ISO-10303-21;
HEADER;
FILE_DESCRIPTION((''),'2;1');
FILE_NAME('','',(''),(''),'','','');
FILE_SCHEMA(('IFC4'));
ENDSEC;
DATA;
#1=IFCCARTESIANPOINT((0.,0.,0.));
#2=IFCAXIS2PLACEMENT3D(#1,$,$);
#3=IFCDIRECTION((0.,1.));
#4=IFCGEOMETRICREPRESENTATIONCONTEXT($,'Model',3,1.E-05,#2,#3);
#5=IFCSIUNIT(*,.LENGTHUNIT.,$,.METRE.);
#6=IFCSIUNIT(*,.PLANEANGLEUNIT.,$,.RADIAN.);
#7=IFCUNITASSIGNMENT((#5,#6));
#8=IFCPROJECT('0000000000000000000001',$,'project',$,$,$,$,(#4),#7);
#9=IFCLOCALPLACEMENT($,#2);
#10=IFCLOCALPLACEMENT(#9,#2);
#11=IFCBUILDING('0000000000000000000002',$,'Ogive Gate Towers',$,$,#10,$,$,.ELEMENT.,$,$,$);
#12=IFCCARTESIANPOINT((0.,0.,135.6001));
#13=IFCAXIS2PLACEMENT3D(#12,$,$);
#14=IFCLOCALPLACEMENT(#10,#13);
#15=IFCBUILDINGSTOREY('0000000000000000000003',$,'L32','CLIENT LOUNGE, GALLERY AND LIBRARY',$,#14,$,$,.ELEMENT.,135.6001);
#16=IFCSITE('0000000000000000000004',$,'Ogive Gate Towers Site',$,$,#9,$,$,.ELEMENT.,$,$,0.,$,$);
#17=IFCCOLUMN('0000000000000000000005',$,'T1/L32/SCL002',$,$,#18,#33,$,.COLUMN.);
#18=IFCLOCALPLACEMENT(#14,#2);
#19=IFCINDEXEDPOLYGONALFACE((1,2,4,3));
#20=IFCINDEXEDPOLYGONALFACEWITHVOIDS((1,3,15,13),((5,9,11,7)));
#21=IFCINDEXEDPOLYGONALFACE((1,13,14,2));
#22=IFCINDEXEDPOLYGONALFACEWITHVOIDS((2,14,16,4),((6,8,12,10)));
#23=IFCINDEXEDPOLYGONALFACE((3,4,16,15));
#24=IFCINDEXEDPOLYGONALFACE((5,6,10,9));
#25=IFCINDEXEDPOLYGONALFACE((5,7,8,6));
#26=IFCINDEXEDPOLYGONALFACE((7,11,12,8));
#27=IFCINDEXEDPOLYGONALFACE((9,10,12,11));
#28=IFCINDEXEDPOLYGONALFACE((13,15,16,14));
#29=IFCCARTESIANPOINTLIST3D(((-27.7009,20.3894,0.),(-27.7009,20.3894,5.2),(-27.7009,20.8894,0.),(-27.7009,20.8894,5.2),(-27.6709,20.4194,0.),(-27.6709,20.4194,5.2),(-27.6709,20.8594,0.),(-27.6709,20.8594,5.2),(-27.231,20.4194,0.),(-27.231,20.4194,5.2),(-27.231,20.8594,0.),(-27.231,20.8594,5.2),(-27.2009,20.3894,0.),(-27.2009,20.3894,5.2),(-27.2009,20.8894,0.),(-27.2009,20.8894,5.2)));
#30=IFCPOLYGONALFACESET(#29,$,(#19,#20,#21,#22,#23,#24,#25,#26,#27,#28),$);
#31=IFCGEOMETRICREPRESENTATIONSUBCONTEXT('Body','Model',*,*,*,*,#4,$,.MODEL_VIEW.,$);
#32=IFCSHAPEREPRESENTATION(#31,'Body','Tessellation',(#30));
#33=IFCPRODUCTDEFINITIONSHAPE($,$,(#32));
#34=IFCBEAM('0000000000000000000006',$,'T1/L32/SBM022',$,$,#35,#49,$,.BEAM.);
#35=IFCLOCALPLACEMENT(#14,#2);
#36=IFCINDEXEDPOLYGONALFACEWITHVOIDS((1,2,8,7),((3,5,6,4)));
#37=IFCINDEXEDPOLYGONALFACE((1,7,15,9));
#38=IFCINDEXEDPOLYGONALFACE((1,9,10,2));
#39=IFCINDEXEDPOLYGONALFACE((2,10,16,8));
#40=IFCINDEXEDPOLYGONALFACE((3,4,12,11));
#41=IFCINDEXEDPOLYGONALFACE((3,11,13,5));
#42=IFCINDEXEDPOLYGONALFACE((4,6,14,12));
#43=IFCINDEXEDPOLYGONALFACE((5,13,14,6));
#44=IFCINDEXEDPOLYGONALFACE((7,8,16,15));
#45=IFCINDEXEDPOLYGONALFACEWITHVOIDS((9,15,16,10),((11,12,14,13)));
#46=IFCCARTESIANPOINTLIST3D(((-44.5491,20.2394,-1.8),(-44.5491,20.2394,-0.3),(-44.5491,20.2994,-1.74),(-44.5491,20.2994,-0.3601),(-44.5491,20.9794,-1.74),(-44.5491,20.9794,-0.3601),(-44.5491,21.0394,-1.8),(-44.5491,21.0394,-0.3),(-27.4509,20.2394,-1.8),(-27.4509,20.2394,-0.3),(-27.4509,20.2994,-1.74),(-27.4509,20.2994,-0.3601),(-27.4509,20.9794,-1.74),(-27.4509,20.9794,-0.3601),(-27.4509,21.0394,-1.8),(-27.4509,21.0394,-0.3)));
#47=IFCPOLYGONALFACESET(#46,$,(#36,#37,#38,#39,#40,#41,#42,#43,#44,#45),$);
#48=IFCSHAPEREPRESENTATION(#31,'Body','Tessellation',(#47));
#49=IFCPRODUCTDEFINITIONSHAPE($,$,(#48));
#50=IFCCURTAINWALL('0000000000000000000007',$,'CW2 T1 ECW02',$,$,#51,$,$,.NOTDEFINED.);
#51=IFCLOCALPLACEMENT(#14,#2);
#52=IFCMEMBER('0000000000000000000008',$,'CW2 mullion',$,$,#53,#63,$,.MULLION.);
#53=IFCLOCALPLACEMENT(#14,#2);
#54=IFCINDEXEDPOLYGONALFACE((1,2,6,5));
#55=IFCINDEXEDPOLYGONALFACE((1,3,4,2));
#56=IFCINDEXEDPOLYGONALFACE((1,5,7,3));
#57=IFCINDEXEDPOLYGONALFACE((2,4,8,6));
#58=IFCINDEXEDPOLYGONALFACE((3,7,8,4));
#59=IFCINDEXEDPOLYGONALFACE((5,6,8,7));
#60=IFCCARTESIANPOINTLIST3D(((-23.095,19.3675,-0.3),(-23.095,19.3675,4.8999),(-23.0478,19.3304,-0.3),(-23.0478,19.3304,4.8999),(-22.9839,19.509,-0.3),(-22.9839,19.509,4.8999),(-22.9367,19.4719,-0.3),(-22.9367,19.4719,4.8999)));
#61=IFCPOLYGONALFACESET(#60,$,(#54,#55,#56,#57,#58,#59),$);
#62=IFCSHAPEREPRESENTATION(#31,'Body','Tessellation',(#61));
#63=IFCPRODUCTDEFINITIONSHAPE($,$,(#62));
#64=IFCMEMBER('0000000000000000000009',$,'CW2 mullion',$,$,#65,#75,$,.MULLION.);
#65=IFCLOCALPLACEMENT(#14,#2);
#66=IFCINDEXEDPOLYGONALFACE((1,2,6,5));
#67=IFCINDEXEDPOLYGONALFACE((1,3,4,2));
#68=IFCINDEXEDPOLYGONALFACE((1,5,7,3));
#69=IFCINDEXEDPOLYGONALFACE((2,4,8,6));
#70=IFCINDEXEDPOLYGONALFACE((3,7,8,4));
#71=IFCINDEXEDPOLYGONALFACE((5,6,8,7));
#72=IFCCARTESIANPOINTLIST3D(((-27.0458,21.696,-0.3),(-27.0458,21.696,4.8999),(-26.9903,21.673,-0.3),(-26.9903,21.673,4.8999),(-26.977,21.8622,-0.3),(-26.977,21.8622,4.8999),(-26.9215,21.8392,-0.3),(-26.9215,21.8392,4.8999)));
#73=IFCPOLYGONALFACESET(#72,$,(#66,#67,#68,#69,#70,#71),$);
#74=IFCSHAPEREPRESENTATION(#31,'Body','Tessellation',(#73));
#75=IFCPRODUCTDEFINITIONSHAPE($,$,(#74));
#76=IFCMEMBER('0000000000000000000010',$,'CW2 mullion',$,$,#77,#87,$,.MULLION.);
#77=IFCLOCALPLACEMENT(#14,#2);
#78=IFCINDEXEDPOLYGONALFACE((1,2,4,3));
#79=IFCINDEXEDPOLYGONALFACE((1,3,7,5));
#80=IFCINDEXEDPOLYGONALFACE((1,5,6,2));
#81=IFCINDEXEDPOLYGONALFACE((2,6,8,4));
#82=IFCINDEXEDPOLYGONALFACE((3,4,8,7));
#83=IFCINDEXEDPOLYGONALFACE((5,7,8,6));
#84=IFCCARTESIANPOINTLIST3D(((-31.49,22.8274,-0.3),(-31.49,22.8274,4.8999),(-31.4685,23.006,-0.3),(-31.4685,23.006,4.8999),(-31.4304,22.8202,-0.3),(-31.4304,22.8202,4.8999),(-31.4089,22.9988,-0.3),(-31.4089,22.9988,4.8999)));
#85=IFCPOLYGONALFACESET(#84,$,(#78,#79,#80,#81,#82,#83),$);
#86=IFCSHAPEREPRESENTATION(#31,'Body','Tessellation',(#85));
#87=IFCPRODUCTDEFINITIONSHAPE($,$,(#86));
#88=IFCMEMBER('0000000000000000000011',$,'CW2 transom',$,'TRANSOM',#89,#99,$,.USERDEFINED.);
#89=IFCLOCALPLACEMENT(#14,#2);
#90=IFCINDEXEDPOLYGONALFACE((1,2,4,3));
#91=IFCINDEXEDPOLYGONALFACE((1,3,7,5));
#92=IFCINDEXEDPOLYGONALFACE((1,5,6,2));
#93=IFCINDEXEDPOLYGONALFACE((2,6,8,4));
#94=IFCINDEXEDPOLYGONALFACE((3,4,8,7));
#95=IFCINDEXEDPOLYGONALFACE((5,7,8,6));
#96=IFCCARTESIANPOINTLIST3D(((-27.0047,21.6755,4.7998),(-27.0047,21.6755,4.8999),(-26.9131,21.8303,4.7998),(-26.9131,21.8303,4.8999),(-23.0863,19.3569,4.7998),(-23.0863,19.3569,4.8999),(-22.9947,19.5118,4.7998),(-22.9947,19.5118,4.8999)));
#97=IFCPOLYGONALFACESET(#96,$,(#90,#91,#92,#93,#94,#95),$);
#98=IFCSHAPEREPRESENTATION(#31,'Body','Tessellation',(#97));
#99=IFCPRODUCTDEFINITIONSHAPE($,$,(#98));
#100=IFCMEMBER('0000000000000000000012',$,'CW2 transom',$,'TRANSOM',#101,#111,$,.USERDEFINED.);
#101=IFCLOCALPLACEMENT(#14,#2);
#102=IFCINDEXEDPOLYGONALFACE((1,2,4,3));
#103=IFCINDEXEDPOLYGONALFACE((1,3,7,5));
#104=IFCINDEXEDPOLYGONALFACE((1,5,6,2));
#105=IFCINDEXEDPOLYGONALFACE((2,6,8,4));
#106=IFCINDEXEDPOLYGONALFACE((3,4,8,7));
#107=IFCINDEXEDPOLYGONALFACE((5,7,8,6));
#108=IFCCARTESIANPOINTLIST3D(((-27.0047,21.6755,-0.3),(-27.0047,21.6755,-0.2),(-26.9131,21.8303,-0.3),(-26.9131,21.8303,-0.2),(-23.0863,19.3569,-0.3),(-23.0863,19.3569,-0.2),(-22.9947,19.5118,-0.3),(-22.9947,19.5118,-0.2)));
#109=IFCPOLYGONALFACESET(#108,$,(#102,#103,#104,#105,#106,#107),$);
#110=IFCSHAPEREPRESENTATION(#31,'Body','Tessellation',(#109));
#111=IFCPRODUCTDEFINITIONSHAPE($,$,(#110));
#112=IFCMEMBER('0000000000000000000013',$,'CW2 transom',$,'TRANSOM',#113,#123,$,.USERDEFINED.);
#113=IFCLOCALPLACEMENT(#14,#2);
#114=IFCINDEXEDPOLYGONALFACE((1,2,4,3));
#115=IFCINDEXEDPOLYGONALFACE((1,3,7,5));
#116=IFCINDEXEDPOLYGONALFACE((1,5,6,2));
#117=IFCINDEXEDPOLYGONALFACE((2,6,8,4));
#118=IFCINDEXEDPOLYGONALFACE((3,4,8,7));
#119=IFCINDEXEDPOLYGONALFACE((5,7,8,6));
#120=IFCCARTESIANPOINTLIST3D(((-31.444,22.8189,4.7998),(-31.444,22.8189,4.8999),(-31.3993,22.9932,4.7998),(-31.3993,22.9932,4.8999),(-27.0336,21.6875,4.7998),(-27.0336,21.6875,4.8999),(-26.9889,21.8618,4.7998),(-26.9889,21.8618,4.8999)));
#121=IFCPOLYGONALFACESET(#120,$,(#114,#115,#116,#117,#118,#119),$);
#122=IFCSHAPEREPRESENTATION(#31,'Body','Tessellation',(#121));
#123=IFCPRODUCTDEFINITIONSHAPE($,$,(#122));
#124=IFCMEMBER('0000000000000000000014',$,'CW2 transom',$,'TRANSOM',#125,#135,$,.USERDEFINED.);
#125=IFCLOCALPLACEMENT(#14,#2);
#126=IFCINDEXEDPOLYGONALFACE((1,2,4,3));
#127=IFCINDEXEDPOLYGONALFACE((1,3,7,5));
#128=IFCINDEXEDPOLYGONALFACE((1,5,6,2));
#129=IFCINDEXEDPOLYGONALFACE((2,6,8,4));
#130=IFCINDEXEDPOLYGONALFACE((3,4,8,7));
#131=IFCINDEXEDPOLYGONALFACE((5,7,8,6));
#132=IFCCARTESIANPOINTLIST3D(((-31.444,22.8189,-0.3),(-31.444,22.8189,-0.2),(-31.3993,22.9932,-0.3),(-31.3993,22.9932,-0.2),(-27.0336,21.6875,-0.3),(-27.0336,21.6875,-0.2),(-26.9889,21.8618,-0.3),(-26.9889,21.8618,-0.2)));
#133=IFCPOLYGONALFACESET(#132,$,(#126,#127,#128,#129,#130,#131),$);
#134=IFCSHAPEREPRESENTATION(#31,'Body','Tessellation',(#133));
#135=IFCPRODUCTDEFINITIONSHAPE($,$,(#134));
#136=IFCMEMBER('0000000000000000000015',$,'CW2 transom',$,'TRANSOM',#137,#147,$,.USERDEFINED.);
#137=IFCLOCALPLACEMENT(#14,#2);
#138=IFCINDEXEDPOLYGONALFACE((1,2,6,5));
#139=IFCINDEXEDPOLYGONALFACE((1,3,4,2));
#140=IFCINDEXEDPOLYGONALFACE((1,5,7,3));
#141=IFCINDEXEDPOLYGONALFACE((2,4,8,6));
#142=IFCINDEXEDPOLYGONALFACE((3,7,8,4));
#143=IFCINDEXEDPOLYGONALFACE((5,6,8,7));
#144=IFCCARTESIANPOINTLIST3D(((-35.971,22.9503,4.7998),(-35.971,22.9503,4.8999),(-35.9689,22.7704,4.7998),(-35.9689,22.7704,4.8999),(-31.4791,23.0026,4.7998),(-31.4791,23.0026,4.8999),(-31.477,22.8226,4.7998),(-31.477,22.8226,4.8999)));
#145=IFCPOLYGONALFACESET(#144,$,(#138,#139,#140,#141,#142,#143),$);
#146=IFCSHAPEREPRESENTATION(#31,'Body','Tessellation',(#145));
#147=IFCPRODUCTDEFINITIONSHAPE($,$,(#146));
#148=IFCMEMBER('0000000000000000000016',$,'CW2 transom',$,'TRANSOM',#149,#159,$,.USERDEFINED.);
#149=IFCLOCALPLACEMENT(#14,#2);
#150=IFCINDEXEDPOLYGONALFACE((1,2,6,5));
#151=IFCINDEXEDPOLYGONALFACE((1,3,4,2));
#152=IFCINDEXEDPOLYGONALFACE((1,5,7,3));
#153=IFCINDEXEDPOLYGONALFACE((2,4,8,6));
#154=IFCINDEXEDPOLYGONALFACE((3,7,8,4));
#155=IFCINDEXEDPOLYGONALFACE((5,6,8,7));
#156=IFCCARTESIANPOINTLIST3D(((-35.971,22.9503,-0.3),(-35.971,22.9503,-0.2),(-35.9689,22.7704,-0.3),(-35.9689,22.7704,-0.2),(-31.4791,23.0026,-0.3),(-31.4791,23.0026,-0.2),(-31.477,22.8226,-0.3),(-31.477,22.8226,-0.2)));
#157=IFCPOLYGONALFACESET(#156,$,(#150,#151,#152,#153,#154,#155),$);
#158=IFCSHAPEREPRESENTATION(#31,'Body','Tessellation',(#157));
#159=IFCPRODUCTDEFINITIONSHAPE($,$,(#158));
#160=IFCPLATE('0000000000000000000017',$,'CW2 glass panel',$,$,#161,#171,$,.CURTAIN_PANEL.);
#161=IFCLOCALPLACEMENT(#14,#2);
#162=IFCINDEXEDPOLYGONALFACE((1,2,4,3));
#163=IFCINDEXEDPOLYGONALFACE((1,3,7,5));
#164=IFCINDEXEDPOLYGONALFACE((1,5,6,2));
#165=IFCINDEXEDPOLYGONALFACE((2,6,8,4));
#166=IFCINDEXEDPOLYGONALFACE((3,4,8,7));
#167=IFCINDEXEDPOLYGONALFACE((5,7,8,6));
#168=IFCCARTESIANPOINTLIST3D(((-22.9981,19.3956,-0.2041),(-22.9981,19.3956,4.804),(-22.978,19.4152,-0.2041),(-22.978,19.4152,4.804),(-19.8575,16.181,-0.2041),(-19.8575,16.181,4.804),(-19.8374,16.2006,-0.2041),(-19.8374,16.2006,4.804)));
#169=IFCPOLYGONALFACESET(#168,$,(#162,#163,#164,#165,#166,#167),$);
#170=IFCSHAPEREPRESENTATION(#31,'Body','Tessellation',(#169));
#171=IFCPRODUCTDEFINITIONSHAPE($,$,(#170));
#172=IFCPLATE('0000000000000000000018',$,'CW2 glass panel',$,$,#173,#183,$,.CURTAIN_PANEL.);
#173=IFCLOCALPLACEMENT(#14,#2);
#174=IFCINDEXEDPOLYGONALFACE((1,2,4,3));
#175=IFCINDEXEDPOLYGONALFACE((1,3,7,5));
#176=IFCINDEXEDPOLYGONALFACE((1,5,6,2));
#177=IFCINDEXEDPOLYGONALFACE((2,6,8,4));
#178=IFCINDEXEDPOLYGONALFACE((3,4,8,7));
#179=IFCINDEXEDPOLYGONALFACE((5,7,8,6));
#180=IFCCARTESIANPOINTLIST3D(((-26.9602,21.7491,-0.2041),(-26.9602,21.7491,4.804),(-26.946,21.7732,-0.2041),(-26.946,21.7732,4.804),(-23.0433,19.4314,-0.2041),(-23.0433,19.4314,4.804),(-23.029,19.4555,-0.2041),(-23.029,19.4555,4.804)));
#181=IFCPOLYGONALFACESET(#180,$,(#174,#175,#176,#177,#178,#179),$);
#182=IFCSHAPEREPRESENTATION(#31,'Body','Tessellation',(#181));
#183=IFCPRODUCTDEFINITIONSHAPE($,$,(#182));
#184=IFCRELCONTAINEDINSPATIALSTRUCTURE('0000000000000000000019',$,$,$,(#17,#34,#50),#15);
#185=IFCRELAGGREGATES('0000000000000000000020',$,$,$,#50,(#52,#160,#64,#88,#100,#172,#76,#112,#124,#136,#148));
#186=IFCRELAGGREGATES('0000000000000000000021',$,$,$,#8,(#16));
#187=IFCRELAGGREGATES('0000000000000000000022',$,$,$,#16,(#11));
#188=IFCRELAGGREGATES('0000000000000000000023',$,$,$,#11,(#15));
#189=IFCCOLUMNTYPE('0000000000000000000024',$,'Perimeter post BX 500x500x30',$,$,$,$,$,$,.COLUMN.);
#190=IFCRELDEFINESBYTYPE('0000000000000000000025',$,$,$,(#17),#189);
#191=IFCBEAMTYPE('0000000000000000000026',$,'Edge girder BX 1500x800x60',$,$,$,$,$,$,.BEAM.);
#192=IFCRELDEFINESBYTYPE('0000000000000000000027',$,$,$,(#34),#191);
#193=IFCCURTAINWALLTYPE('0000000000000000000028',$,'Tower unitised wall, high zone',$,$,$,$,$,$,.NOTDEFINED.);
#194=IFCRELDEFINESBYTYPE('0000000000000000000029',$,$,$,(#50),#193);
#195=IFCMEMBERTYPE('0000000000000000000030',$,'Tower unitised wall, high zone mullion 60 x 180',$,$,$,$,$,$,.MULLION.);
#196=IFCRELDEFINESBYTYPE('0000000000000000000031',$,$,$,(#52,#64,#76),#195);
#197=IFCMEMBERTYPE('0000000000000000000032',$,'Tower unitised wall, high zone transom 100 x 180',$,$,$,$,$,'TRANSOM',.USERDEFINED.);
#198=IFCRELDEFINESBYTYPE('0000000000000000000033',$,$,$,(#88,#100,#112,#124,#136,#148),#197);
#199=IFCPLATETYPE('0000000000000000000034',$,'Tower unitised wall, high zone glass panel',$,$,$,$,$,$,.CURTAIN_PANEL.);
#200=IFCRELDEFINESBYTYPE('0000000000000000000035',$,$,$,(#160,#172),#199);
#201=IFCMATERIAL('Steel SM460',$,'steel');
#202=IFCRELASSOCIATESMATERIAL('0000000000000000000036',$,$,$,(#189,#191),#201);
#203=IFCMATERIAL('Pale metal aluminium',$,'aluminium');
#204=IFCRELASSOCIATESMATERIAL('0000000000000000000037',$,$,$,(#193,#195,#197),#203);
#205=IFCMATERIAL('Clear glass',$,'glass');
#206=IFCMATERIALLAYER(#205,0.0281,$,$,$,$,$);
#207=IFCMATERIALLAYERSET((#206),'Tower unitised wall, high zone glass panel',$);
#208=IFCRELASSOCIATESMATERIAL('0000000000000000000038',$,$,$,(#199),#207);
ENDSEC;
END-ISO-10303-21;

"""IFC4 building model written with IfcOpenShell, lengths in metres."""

from ifc_helpers import new_model, si_unit, direction, frame, origin, origin_2d, place, context, subcontext, project, spatial, rectangle, hollow_rectangle, extrude, material, layer, layer_set, material_profile, profile_set, type_object, element, aggregate, save


model = new_model("IFC4")

# Units and contexts
model_context = context("Model", 3, precision=1e-05, world=origin(), true_north=direction((0.0, 1.0)))
body_context = subcontext(model_context, "Body", "Model", "MODEL_VIEW")
ifc_project = project(units=[si_unit("LENGTHUNIT", "METRE"), si_unit("PLANEANGLEUNIT", "RADIAN")], contexts=[model_context])

# Site, building, storey
site_placement = place(None, origin())
site = spatial("IfcSite", under=ifc_project, at=site_placement, Name="Ogive Gate Towers Site", CompositionType="ELEMENT", RefElevation=0.0)
building_placement = place(site_placement, origin())
building = spatial("IfcBuilding", under=site, at=building_placement, Name="Ogive Gate Towers", CompositionType="ELEMENT")
storey_placement = place(building_placement, frame((0.0, 0.0, 135.6001)))
storey = spatial("IfcBuildingStorey", under=building, at=storey_placement, Name="L32", Description="CLIENT LOUNGE, GALLERY AND LIBRARY", CompositionType="ELEMENT", Elevation=135.6001)

# Column
ifc_material_1 = material(Name="Steel SM460", Category="steel")
ifc_material_profile_1 = material_profile(ifc_material_1, hollow_rectangle(XDim=0.5, YDim=0.5, WallThickness=0.03, at=origin_2d()), Name="BX 500x500x30")
ifc_profile_set_1 = profile_set([ifc_material_profile_1], Name="Steel SM460")
column_type = type_object("IfcColumnType", Name="Perimeter post BX 500x500x30", PredefinedType="COLUMN", material=ifc_profile_set_1)
column_placement = place(storey_placement, frame((-27.4509, 20.6394, 0.0), z_axis=(0.0, 0.0, 1.0), x_axis=(1.0, 0.0, 0.0)))
element("IfcColumn", 1, at=column_placement, inside=storey, type_object=column_type, Name="T1/L32/SCL002", PredefinedType="COLUMN", context=body_context, shape_type="SweptSolid", body=[
    extrude(hollow_rectangle(XDim=0.5, YDim=0.5, WallThickness=0.03, at=origin_2d()), origin(), (0.0, 0.0, 1.0), 5.2),
])

# Beam
ifc_material_profile_2 = material_profile(ifc_material_1, hollow_rectangle(XDim=0.8, YDim=1.5, WallThickness=0.0601, at=origin_2d()), Name="BX 1500x800x60")
ifc_profile_set_2 = profile_set([ifc_material_profile_2], Name="Steel SM460")
beam_type = type_object("IfcBeamType", Name="Edge girder BX 1500x800x60", PredefinedType="BEAM", material=ifc_profile_set_2)
beam_placement = place(storey_placement, frame((-27.4509, 20.6394, -1.05), z_axis=(-1.0, 0.0, 0.0), x_axis=(0.0, -1.0, 0.0)))
element("IfcBeam", 2, at=beam_placement, inside=storey, type_object=beam_type, Name="T1/L32/SBM022", PredefinedType="BEAM", context=body_context, shape_type="SweptSolid", body=[
    extrude(hollow_rectangle(XDim=0.8, YDim=1.5, WallThickness=0.0601, at=origin_2d()), origin(), (0.0, 0.0, 1.0), 17.0981),
])

# Curtain wall, members, plates
ifc_material_2 = material(Name="Pale metal aluminium", Category="aluminium")
curtain_wall_type = type_object("IfcCurtainWallType", Name="Tower unitised wall, high zone", PredefinedType="NOTDEFINED", material=ifc_material_2)
curtain_wall_placement = place(storey_placement, origin())
curtain_wall = element("IfcCurtainWall", 3, at=curtain_wall_placement, inside=storey, type_object=curtain_wall_type, Name="CW2 T1 ECW02", PredefinedType="NOTDEFINED")
ifc_material_profile_3 = material_profile(ifc_material_2, rectangle(XDim=0.1799, YDim=0.0601, at=origin_2d()), Name="60 x 180 aluminium box")
ifc_profile_set_3 = profile_set([ifc_material_profile_3], Name="Pale metal aluminium")
member_type_1 = type_object("IfcMemberType", Name="Tower unitised wall, high zone mullion 60 x 180", PredefinedType="MULLION", material=ifc_profile_set_3)
member_1_placement = place(storey_placement, frame((-23.0159, 19.4197, -0.3), z_axis=(0.0, 0.0, 1.0), x_axis=(0.617585, 0.786504, 0.0)))
member_1 = element("IfcMember", 4, at=member_1_placement, type_object=member_type_1, Name="CW2 mullion", PredefinedType="MULLION", context=body_context, shape_type="SweptSolid", body=[
    extrude(rectangle(XDim=0.1799, YDim=0.0601, at=origin_2d()), origin(), (0.0, 0.0, 1.0), 5.2),
])
member_2_placement = place(storey_placement, frame((-26.9836, 21.7676, -0.3), z_axis=(0.0, 0.0, 1.0), x_axis=(0.382683, 0.92388, 0.0)))
member_2 = element("IfcMember", 5, at=member_2_placement, type_object=member_type_1, Name="CW2 mullion", PredefinedType="MULLION", context=body_context, shape_type="SweptSolid", body=[
    extrude(rectangle(XDim=0.1799, YDim=0.0601, at=origin_2d()), origin(), (0.0, 0.0, 1.0), 5.2),
])
member_3_placement = place(storey_placement, frame((-31.4495, 22.9131, -0.3), z_axis=(0.0, 0.0, 1.0), x_axis=(0.119444, 0.992841, 0.0)))
member_3 = element("IfcMember", 6, at=member_3_placement, type_object=member_type_1, Name="CW2 mullion", PredefinedType="MULLION", context=body_context, shape_type="SweptSolid", body=[
    extrude(rectangle(XDim=0.1799, YDim=0.0601, at=origin_2d()), origin(), (0.0, 0.0, 1.0), 5.2),
])
ifc_material_profile_4 = material_profile(ifc_material_2, rectangle(XDim=0.1799, YDim=0.1001, at=origin_2d()), Name="100 x 180 aluminium box")
ifc_profile_set_4 = profile_set([ifc_material_profile_4], Name="Pale metal aluminium")
member_type_2 = type_object("IfcMemberType", Name="Tower unitised wall, high zone transom 100 x 180", ElementType="TRANSOM", PredefinedType="USERDEFINED", material=ifc_profile_set_4)
member_4_placement = place(storey_placement, frame((-23.0405, 19.4343, 4.8499), z_axis=(-0.860623, 0.509242, 0.0), x_axis=(-0.509242, -0.860623, 0.0)))
member_4 = element("IfcMember", 7, at=member_4_placement, type_object=member_type_2, Name="CW2 transom", ObjectType="TRANSOM", PredefinedType="USERDEFINED", context=body_context, shape_type="SweptSolid", body=[
    extrude(rectangle(XDim=0.1799, YDim=0.1001, at=origin_2d()), origin(), (0.0, 0.0, 1.0), 4.553),
])
member_5_placement = place(storey_placement, frame((-23.0405, 19.4343, -0.25), z_axis=(-0.860623, 0.509242, 0.0), x_axis=(-0.509242, -0.860623, 0.0)))
member_5 = element("IfcMember", 8, at=member_5_placement, type_object=member_type_2, Name="CW2 transom", ObjectType="TRANSOM", PredefinedType="USERDEFINED", context=body_context, shape_type="SweptSolid", body=[
    extrude(rectangle(XDim=0.1799, YDim=0.1001, at=origin_2d()), origin(), (0.0, 0.0, 1.0), 4.553),
])
member_6_placement = place(storey_placement, frame((-27.0112, 21.7747, 4.8499), z_axis=(-0.968639, 0.248473, 0.0), x_axis=(-0.248473, -0.968639, 0.0)))
member_6 = element("IfcMember", 9, at=member_6_placement, type_object=member_type_2, Name="CW2 transom", ObjectType="TRANSOM", PredefinedType="USERDEFINED", context=body_context, shape_type="SweptSolid", body=[
    extrude(rectangle(XDim=0.1799, YDim=0.1001, at=origin_2d()), origin(), (0.0, 0.0, 1.0), 4.5532),
])
member_7_placement = place(storey_placement, frame((-27.0112, 21.7747, -0.25), z_axis=(-0.968639, 0.248473, 0.0), x_axis=(-0.248473, -0.968639, 0.0)))
member_7 = element("IfcMember", 10, at=member_7_placement, type_object=member_type_2, Name="CW2 transom", ObjectType="TRANSOM", PredefinedType="USERDEFINED", context=body_context, shape_type="SweptSolid", body=[
    extrude(rectangle(XDim=0.1799, YDim=0.1001, at=origin_2d()), origin(), (0.0, 0.0, 1.0), 4.5532),
])
member_8_placement = place(storey_placement, frame((-31.478, 22.9126, 4.8499), z_axis=(-0.999932, -0.01163, 0.0), x_axis=(0.01163, -0.999932, 0.0)))
member_8 = element("IfcMember", 11, at=member_8_placement, type_object=member_type_2, Name="CW2 transom", ObjectType="TRANSOM", PredefinedType="USERDEFINED", context=body_context, shape_type="SweptSolid", body=[
    extrude(rectangle(XDim=0.1799, YDim=0.1001, at=origin_2d()), origin(), (0.0, 0.0, 1.0), 4.4922),
])
member_9_placement = place(storey_placement, frame((-31.478, 22.9126, -0.25), z_axis=(-0.999932, -0.01163, 0.0), x_axis=(0.01163, -0.999932, 0.0)))
member_9 = element("IfcMember", 12, at=member_9_placement, type_object=member_type_2, Name="CW2 transom", ObjectType="TRANSOM", PredefinedType="USERDEFINED", context=body_context, shape_type="SweptSolid", body=[
    extrude(rectangle(XDim=0.1799, YDim=0.1001, at=origin_2d()), origin(), (0.0, 0.0, 1.0), 4.4922),
])
ifc_material_3 = material(Name="Clear glass", Category="glass")
ifc_layer_1 = layer(ifc_material_3, 0.0281)
ifc_layer_set_1 = layer_set([ifc_layer_1], Name="Tower unitised wall, high zone glass panel")
plate_type = type_object("IfcPlateType", Name="Tower unitised wall, high zone glass panel", PredefinedType="CURTAIN_PANEL", material=ifc_layer_set_1)
plate_1_placement = place(storey_placement, frame((-21.4177, 17.7981, -0.2041), z_axis=(0.0, 0.0, 1.0), x_axis=(-0.698815, 0.715303, 0.0)))
plate_1 = element("IfcPlate", 13, at=plate_1_placement, type_object=plate_type, Name="CW2 glass panel", PredefinedType="CURTAIN_PANEL", context=body_context, shape_type="SweptSolid", body=[
    extrude(rectangle(XDim=4.4941, YDim=0.0281, at=origin_2d()), origin(), (0.0, 0.0, 1.0), 5.0081),
])
plate_2_placement = place(storey_placement, frame((-24.9946, 20.6023, -0.2041), z_axis=(0.0, 0.0, 1.0), x_axis=(-0.860627, 0.509237, 0.0)))
plate_2 = element("IfcPlate", 14, at=plate_2_placement, type_object=plate_type, Name="CW2 glass panel", PredefinedType="CURTAIN_PANEL", context=body_context, shape_type="SweptSolid", body=[
    extrude(rectangle(XDim=4.5513, YDim=0.0281, at=origin_2d()), origin(), (0.0, 0.0, 1.0), 5.0081),
])
aggregate(curtain_wall, [member_1, plate_1, member_2, member_4, member_5, plate_2, member_3, member_6, member_7, member_8, member_9])

save(model, "model.ifc")
